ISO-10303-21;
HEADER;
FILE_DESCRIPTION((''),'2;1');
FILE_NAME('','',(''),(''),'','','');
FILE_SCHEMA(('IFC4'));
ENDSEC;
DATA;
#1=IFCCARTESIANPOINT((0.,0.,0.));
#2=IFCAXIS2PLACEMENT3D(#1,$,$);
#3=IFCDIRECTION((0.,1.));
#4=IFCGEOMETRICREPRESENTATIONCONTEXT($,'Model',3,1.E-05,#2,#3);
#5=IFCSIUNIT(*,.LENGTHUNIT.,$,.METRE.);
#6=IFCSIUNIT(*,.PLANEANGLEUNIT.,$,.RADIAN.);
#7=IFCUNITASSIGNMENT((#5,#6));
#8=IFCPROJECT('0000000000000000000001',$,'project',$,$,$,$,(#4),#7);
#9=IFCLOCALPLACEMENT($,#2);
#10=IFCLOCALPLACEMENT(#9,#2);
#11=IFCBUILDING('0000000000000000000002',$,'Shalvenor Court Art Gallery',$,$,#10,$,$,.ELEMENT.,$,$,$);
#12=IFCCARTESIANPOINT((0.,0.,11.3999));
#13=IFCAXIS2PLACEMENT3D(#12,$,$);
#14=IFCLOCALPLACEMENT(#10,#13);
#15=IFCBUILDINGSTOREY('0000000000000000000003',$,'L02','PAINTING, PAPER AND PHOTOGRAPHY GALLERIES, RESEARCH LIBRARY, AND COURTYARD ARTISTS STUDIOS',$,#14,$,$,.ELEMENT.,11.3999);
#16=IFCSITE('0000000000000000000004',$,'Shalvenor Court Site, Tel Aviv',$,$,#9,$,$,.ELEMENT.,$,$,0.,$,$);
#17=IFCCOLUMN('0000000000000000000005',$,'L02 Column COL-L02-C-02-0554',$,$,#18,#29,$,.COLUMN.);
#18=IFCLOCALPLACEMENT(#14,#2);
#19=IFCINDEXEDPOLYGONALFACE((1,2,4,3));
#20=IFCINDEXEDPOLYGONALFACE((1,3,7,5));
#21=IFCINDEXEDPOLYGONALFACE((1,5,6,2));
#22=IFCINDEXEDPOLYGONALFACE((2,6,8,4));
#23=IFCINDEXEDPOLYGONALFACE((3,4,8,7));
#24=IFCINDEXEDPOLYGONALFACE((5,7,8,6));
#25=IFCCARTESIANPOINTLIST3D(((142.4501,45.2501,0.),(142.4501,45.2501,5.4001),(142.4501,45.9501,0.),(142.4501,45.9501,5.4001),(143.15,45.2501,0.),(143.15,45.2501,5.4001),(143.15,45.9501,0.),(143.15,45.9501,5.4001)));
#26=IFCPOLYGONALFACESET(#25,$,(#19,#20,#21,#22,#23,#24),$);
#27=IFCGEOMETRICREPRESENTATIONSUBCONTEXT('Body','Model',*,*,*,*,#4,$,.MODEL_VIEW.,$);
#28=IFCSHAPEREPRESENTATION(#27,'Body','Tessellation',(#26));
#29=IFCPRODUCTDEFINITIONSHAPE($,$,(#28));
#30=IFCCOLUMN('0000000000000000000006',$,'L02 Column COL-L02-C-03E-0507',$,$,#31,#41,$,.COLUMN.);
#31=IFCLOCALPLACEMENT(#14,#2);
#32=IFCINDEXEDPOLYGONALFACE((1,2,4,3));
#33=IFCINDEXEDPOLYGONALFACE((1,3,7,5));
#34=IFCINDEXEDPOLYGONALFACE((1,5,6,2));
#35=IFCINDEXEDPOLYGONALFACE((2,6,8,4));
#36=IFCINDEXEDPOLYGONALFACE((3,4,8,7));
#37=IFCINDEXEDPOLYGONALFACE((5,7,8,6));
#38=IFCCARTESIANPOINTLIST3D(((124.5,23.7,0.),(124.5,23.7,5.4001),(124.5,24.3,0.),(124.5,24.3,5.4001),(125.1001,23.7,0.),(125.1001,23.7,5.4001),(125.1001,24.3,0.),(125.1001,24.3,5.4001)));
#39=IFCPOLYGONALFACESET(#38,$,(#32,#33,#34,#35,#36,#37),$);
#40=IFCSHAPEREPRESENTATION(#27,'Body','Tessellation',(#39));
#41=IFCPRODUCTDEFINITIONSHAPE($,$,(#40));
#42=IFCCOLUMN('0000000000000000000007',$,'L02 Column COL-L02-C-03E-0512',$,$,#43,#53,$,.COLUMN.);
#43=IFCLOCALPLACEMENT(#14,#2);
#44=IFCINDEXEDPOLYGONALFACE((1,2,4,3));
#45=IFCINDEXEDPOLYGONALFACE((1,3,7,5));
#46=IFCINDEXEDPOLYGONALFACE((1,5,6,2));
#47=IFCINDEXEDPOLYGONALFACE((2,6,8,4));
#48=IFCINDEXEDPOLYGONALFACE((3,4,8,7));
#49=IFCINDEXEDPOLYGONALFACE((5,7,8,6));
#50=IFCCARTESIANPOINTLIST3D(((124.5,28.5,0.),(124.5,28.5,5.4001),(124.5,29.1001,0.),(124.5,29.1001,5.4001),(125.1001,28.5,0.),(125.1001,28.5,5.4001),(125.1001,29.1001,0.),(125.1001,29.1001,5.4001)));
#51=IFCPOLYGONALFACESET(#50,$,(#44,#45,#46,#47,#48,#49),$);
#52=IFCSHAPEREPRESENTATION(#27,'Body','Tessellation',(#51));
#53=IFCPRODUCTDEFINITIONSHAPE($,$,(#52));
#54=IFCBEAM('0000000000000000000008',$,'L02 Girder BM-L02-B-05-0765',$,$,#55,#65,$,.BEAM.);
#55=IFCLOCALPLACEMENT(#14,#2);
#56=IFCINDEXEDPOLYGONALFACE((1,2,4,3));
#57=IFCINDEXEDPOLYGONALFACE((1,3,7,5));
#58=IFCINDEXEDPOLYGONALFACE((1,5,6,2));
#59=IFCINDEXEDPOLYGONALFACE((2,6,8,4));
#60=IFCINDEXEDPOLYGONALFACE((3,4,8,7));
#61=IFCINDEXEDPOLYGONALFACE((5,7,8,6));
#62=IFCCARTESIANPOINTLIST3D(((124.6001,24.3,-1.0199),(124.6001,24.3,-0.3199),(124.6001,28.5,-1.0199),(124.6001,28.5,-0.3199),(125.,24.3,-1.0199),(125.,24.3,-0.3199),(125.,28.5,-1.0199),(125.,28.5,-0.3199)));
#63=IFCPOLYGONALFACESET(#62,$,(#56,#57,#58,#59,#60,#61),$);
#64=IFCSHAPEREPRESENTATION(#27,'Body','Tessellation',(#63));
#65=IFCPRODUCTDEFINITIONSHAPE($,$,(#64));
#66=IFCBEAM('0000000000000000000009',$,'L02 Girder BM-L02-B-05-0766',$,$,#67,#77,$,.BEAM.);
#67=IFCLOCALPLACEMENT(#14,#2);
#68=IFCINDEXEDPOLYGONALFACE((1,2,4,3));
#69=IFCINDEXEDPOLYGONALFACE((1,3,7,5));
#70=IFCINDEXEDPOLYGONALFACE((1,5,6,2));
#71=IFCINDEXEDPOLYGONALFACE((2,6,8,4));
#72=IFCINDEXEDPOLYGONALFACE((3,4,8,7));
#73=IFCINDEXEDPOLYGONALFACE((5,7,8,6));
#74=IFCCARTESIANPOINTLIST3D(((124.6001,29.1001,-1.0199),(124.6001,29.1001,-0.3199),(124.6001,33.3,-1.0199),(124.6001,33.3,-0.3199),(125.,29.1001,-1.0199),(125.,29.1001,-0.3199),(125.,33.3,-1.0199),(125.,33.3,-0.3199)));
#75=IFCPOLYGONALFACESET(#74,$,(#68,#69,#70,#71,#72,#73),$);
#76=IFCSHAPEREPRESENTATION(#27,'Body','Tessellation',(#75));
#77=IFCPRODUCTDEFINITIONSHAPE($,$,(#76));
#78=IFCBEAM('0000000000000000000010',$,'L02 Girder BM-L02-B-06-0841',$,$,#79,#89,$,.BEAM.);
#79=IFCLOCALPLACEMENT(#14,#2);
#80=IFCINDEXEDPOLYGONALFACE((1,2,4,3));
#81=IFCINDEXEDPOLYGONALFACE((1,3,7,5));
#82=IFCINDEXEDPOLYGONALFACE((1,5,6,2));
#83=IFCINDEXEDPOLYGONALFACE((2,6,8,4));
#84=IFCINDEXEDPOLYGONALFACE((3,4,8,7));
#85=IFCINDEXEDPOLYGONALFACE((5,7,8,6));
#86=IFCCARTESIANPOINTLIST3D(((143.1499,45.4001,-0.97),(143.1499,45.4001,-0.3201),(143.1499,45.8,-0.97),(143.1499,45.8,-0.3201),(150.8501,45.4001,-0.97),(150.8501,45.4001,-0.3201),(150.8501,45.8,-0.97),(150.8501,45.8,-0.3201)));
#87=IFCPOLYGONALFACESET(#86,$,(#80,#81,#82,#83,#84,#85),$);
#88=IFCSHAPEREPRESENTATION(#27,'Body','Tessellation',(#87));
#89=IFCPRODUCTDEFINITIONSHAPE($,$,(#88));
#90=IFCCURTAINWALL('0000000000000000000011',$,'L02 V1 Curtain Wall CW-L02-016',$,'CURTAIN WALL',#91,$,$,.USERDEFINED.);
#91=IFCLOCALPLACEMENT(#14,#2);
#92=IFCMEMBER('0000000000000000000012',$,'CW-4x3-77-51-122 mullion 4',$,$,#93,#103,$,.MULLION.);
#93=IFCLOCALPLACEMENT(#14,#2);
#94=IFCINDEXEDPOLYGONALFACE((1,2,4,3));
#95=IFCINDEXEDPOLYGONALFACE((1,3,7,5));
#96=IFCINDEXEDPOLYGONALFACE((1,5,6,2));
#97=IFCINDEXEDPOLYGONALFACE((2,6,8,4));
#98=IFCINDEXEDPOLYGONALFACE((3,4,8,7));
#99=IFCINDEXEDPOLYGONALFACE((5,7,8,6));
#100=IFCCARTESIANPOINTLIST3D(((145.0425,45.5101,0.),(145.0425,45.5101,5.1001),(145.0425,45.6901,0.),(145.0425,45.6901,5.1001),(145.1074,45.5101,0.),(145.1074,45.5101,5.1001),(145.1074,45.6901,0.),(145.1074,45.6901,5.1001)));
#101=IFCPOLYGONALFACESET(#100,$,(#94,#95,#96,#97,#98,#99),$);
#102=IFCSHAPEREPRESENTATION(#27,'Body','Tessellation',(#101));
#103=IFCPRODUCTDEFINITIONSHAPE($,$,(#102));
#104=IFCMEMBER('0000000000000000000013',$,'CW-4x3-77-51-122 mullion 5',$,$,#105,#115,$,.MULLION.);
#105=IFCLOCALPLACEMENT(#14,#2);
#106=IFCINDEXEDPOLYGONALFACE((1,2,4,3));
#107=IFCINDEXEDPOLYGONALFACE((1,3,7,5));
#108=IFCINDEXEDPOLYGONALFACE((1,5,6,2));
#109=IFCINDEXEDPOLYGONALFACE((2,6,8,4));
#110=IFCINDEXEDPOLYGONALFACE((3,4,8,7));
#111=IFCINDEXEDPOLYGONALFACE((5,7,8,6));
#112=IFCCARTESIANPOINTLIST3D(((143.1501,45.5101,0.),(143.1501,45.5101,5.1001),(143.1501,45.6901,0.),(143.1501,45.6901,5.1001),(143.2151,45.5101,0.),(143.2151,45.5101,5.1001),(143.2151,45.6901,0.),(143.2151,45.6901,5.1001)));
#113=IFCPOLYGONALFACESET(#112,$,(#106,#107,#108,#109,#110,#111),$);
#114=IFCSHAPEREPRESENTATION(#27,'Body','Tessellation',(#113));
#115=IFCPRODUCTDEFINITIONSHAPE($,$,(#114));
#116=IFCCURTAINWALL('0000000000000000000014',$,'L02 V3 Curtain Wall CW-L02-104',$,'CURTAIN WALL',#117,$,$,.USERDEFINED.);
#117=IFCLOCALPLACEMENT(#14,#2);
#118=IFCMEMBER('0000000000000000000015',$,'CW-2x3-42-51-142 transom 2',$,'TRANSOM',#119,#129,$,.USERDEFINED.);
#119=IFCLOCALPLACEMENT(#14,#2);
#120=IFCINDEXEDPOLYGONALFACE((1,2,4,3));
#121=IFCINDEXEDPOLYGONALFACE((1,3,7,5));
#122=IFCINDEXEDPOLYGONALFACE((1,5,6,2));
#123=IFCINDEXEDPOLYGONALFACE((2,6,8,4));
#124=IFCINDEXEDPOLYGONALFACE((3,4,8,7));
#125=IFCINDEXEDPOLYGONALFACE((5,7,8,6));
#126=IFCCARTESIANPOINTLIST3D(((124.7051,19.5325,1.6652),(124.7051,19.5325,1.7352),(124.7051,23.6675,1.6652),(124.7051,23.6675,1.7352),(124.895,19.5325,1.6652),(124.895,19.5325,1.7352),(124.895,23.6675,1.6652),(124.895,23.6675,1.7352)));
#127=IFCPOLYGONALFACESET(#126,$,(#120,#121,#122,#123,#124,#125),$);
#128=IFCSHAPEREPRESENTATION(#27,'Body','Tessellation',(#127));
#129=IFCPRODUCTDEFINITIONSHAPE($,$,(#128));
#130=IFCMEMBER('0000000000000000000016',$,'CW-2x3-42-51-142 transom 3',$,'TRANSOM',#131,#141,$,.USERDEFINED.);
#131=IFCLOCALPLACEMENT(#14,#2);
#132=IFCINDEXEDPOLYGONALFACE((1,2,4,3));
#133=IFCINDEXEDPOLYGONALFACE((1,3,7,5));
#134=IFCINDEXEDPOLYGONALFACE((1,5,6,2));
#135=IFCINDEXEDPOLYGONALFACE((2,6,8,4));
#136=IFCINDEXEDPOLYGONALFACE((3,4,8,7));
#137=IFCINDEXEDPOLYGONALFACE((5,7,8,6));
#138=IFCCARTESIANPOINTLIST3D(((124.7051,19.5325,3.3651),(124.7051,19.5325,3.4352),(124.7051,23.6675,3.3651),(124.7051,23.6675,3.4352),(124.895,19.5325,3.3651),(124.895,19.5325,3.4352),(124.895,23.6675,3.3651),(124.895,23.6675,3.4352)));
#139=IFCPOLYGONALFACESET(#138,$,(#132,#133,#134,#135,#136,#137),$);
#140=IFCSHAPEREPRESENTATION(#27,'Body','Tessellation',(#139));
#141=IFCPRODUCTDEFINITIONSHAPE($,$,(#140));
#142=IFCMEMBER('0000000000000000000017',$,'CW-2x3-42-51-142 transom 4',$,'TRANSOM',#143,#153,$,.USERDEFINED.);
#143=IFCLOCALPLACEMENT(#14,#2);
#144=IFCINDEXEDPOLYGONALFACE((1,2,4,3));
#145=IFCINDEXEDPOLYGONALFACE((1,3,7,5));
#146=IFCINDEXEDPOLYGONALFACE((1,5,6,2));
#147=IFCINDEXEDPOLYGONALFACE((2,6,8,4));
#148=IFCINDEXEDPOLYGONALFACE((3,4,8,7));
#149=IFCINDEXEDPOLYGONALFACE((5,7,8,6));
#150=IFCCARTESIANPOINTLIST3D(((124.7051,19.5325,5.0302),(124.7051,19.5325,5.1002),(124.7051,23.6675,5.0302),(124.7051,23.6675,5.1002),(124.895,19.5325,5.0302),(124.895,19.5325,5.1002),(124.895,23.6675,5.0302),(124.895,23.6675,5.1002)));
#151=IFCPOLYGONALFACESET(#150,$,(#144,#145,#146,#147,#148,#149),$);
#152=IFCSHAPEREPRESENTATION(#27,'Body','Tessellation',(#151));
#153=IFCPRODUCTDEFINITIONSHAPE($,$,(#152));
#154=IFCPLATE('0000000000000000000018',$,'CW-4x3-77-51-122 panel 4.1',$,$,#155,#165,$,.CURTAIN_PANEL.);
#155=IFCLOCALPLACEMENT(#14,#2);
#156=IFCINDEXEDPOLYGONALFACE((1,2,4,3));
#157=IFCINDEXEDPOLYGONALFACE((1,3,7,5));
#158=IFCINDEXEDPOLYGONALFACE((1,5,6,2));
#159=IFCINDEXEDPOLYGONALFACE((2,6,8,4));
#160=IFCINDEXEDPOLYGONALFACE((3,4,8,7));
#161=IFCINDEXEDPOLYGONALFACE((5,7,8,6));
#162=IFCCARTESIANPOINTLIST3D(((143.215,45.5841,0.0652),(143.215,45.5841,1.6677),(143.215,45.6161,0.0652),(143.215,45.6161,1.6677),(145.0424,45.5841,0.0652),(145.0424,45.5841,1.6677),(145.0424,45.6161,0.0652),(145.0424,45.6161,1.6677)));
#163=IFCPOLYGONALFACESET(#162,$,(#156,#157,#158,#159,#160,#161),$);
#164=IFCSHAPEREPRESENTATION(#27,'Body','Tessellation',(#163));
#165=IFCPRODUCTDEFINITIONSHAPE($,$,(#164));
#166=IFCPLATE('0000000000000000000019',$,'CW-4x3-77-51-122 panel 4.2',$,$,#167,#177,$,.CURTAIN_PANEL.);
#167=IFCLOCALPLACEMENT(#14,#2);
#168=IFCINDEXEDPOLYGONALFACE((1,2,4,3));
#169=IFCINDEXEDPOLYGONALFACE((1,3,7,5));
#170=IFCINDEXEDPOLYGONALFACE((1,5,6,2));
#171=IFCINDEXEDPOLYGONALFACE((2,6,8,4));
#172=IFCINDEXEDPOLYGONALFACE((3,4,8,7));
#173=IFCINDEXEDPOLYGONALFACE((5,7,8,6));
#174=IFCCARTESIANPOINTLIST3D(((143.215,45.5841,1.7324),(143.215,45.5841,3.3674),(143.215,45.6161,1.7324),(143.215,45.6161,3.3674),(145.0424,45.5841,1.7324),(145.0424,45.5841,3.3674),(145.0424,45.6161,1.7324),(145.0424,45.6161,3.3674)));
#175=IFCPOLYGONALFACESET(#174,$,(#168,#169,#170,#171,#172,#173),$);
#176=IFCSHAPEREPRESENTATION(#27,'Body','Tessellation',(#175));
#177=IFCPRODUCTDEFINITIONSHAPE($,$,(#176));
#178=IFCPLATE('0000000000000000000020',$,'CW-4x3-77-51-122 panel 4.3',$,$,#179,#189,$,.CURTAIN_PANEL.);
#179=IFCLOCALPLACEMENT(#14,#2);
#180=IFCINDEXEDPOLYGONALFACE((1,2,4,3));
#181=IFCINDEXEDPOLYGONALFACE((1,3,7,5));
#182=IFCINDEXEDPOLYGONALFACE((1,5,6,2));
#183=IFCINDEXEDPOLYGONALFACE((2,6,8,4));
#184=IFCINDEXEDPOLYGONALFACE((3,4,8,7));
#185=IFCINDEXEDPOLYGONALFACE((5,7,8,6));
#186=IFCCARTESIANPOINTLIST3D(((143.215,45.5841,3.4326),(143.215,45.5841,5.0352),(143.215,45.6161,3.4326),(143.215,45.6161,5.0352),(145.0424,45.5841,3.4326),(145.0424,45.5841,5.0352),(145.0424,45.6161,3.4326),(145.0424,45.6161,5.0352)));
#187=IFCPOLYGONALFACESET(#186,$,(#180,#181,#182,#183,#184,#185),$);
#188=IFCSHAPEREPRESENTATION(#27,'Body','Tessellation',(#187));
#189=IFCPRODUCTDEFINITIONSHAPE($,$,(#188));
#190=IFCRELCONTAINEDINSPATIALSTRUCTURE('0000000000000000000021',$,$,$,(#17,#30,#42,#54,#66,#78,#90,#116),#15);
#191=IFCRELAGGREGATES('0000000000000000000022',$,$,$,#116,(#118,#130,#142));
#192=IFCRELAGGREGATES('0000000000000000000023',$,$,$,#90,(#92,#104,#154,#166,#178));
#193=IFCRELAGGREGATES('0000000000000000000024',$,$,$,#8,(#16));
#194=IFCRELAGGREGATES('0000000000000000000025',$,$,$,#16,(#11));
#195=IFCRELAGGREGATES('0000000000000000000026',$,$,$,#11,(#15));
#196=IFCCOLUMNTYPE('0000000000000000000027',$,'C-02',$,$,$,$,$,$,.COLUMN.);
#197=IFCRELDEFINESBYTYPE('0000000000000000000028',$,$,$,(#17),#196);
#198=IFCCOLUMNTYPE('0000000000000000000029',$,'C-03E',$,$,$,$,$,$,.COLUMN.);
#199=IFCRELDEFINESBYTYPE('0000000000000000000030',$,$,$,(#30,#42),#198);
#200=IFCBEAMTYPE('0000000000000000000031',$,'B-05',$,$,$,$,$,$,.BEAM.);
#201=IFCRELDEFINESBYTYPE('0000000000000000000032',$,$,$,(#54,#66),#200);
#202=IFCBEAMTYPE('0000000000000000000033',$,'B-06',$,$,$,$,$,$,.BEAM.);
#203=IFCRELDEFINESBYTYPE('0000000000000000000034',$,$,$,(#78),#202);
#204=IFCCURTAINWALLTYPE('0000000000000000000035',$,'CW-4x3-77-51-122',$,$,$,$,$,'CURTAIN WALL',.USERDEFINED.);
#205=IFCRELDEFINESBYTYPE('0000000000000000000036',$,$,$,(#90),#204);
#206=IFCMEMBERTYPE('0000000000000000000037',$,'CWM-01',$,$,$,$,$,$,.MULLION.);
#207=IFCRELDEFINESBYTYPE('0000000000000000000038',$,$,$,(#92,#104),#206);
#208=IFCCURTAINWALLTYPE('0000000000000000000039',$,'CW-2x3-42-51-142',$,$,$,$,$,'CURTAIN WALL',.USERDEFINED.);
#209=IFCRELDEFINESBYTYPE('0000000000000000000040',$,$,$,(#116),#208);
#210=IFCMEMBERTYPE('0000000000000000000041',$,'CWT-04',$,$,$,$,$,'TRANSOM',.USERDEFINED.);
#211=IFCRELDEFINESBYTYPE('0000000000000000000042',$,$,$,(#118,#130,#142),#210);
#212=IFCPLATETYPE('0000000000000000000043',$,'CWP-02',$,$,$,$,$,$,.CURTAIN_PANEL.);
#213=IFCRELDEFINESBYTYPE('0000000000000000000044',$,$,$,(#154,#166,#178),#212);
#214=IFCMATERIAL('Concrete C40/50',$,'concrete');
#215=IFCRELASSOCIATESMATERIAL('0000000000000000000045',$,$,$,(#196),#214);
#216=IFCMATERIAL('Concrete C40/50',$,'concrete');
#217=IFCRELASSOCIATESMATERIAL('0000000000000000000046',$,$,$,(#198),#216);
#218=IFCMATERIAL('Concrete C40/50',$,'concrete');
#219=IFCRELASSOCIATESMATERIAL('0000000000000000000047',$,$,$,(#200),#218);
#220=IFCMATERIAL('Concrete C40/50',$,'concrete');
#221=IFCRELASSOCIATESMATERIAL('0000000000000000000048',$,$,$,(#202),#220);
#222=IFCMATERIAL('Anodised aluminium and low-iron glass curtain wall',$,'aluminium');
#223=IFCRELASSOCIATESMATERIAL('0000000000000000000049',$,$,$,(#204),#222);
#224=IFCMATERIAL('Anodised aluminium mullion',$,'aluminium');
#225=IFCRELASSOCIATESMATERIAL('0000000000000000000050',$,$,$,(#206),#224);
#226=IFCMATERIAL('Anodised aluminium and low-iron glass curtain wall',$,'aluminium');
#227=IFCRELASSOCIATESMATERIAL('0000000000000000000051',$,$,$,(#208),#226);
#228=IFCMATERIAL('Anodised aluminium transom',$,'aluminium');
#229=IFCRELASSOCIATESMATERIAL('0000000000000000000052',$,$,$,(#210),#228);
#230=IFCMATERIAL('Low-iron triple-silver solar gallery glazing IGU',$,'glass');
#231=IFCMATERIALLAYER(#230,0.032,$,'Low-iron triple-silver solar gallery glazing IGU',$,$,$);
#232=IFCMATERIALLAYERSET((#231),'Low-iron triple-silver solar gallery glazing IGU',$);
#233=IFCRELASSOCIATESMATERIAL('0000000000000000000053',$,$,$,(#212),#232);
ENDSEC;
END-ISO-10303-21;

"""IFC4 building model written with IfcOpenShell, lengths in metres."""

from ifc_helpers import new_model, si_unit, direction, frame, origin, origin_2d, place, context, subcontext, project, spatial, rectangle, extrude, material, layer, layer_set, material_profile, profile_set, type_object, element, aggregate, save


model = new_model("IFC4")

# Units and contexts
model_context = context("Model", 3, precision=1e-05, world=origin(), true_north=direction((0.0, 1.0)))
body_context = subcontext(model_context, "Body", "Model", "MODEL_VIEW")
ifc_project = project(units=[si_unit("LENGTHUNIT", "METRE"), si_unit("PLANEANGLEUNIT", "RADIAN")], contexts=[model_context])

# Site, building, storey
site_placement = place(None, origin())
site = spatial("IfcSite", under=ifc_project, at=site_placement, Name="Shalvenor Court Site, Tel Aviv", CompositionType="ELEMENT", RefElevation=0.0)
building_placement = place(site_placement, origin())
building = spatial("IfcBuilding", under=site, at=building_placement, Name="Shalvenor Court Art Gallery", CompositionType="ELEMENT")
storey_placement = place(building_placement, frame((0.0, 0.0, 11.3999)))
storey = spatial("IfcBuildingStorey", under=building, at=storey_placement, Name="L02", Description="PAINTING, PAPER AND PHOTOGRAPHY GALLERIES, RESEARCH LIBRARY, AND COURTYARD ARTISTS STUDIOS", CompositionType="ELEMENT", Elevation=11.3999)

# Columns
ifc_material_1 = material(Name="Concrete C40/50", Category="concrete")
ifc_material_profile_1 = material_profile(ifc_material_1, rectangle(XDim=0.7, YDim=0.7, at=origin_2d()), Name="RC 700x700")
ifc_profile_set_1 = profile_set([ifc_material_profile_1], Name="Concrete C40/50")
column_type_1 = type_object("IfcColumnType", Name="C-02", PredefinedType="COLUMN", material=ifc_profile_set_1)
column_placement = place(storey_placement, frame((142.8, 45.6001, 0.0), z_axis=(0.0, 0.0, 1.0), x_axis=(1.0, 0.0, 0.0)))
element("IfcColumn", 1, at=column_placement, inside=storey, type_object=column_type_1, Name="L02 Column COL-L02-C-02-0554", PredefinedType="COLUMN", context=body_context, shape_type="SweptSolid", body=[
    extrude(rectangle(XDim=0.7, YDim=0.7, at=origin_2d()), origin(), (0.0, 0.0, 1.0), 5.4001),
])
ifc_material_2 = material(Name="Concrete C40/50", Category="concrete")
ifc_material_profile_2 = material_profile(ifc_material_2, rectangle(XDim=0.6001, YDim=0.6001, at=origin_2d()), Name="RC 600x600")
ifc_profile_set_2 = profile_set([ifc_material_profile_2], Name="Concrete C40/50")
column_type_2 = type_object("IfcColumnType", Name="C-03E", PredefinedType="COLUMN", material=ifc_profile_set_2)
for number, where, z_axis, x_axis, name in (
    (2, (124.8, 24.0, 0.0), (0.0, 0.0, 1.0), (1.0, 0.0, 0.0), "L02 Column COL-L02-C-03E-0507"),
    (3, (124.8, 28.8, 0.0), (0.0, 0.0, 1.0), (1.0, 0.0, 0.0), "L02 Column COL-L02-C-03E-0512"),
):
    element("IfcColumn", number, at=place(storey_placement, frame(where, z_axis=z_axis, x_axis=x_axis)), inside=storey, type_object=column_type_2, Name=name, PredefinedType="COLUMN", context=body_context, shape_type="SweptSolid", body=[
        extrude(rectangle(XDim=0.6001, YDim=0.6001, at=origin_2d()), origin(), (0.0, 0.0, 1.0), 5.4001),
    ])

# Beams
ifc_material_3 = material(Name="Concrete C40/50", Category="concrete")
ifc_material_profile_3 = material_profile(ifc_material_3, rectangle(XDim=0.3999, YDim=0.7, at=origin_2d()), Name="RC 400x700")
ifc_profile_set_3 = profile_set([ifc_material_profile_3], Name="Concrete C40/50")
beam_type_1 = type_object("IfcBeamType", Name="B-05", PredefinedType="BEAM", material=ifc_profile_set_3)
for number, where, z_axis, x_axis, name in (
    (4, (124.8, 24.3, -0.6699), (0.0, 1.0, 0.0), (-1.0, 0.0, 0.0), "L02 Girder BM-L02-B-05-0765"),
    (5, (124.8, 29.1001, -0.6699), (0.0, 1.0, 0.0), (-1.0, 0.0, 0.0), "L02 Girder BM-L02-B-05-0766"),
):
    element("IfcBeam", number, at=place(storey_placement, frame(where, z_axis=z_axis, x_axis=x_axis)), inside=storey, type_object=beam_type_1, Name=name, PredefinedType="BEAM", context=body_context, shape_type="SweptSolid", body=[
        extrude(rectangle(XDim=0.3999, YDim=0.7, at=origin_2d()), origin(), (0.0, 0.0, 1.0), 4.2),
    ])
ifc_material_4 = material(Name="Concrete C40/50", Category="concrete")
ifc_material_profile_4 = material_profile(ifc_material_4, rectangle(XDim=0.3999, YDim=0.6499, at=origin_2d()), Name="RC 400x650")
ifc_profile_set_4 = profile_set([ifc_material_profile_4], Name="Concrete C40/50")
beam_type_2 = type_object("IfcBeamType", Name="B-06", PredefinedType="BEAM", material=ifc_profile_set_4)
beam_placement = place(storey_placement, frame((143.1499, 45.6001, -0.645), z_axis=(1.0, 0.0, 0.0), x_axis=(0.0, 1.0, 0.0)))
element("IfcBeam", 6, at=beam_placement, inside=storey, type_object=beam_type_2, Name="L02 Girder BM-L02-B-06-0841", PredefinedType="BEAM", context=body_context, shape_type="SweptSolid", body=[
    extrude(rectangle(XDim=0.3999, YDim=0.6499, at=origin_2d()), origin(), (0.0, 0.0, 1.0), 7.7002),
])

# Curtain walls, members
ifc_material_5 = material(Name="Anodised aluminium and low-iron glass curtain wall", Category="aluminium")
curtain_wall_type_1 = type_object("IfcCurtainWallType", Name="CW-4x3-77-51-122", ElementType="CURTAIN WALL", PredefinedType="USERDEFINED", material=ifc_material_5)
curtain_wall_1_placement = place(storey_placement, origin())
curtain_wall_1 = element("IfcCurtainWall", 7, at=curtain_wall_1_placement, inside=storey, type_object=curtain_wall_type_1, Name="L02 V1 Curtain Wall CW-L02-016", ObjectType="CURTAIN WALL", PredefinedType="USERDEFINED")
ifc_material_6 = material(Name="Anodised aluminium mullion", Category="aluminium")
ifc_material_profile_5 = material_profile(ifc_material_6, rectangle(XDim=0.0649, YDim=0.1799, at=origin_2d()), Name="CWM-01")
ifc_profile_set_5 = profile_set([ifc_material_profile_5], Name="Anodised aluminium mullion")
member_type_1 = type_object("IfcMemberType", Name="CWM-01", PredefinedType="MULLION", material=ifc_profile_set_5)
member_1_placement = place(storey_placement, frame((145.075, 45.6001, 0.0), z_axis=(0.0, 0.0, 1.0), x_axis=(-1.0, 0.0, 0.0)))
member_1 = element("IfcMember", 8, at=member_1_placement, type_object=member_type_1, Name="CW-4x3-77-51-122 mullion 4", PredefinedType="MULLION", context=body_context, shape_type="SweptSolid", body=[
    extrude(rectangle(XDim=0.0649, YDim=0.1799, at=origin_2d()), origin(), (0.0, 0.0, 1.0), 5.1001),
])
member_2_placement = place(storey_placement, frame((143.1826, 45.6001, 0.0), z_axis=(0.0, 0.0, 1.0), x_axis=(-1.0, 0.0, 0.0)))
member_2 = element("IfcMember", 9, at=member_2_placement, type_object=member_type_1, Name="CW-4x3-77-51-122 mullion 5", PredefinedType="MULLION", context=body_context, shape_type="SweptSolid", body=[
    extrude(rectangle(XDim=0.0649, YDim=0.1799, at=origin_2d()), origin(), (0.0, 0.0, 1.0), 5.1001),
])
ifc_material_7 = material(Name="Anodised aluminium and low-iron glass curtain wall", Category="aluminium")
curtain_wall_type_2 = type_object("IfcCurtainWallType", Name="CW-2x3-42-51-142", ElementType="CURTAIN WALL", PredefinedType="USERDEFINED", material=ifc_material_7)
curtain_wall_2_placement = place(storey_placement, origin())
curtain_wall_2 = element("IfcCurtainWall", 10, at=curtain_wall_2_placement, inside=storey, type_object=curtain_wall_type_2, Name="L02 V3 Curtain Wall CW-L02-104", ObjectType="CURTAIN WALL", PredefinedType="USERDEFINED")
ifc_material_8 = material(Name="Anodised aluminium transom", Category="aluminium")
ifc_material_profile_6 = material_profile(ifc_material_8, rectangle(XDim=0.1899, YDim=0.0701, at=origin_2d()), Name="CWT-04")
ifc_profile_set_6 = profile_set([ifc_material_profile_6], Name="Anodised aluminium transom")
member_type_2 = type_object("IfcMemberType", Name="CWT-04", ElementType="TRANSOM", PredefinedType="USERDEFINED", material=ifc_profile_set_6)
member_3_placement = place(storey_placement, frame((124.8, 23.6675, 1.7002), z_axis=(0.0, -1.0, 0.0), x_axis=(1.0, 0.0, 0.0)))
member_3 = element("IfcMember", 11, at=member_3_placement, type_object=member_type_2, Name="CW-2x3-42-51-142 transom 2", ObjectType="TRANSOM", PredefinedType="USERDEFINED", context=body_context, shape_type="SweptSolid", body=[
    extrude(rectangle(XDim=0.1899, YDim=0.0701, at=origin_2d()), origin(), (0.0, 0.0, 1.0), 4.135),
])
member_4_placement = place(storey_placement, frame((124.8, 23.6675, 3.4001), z_axis=(0.0, -1.0, 0.0), x_axis=(1.0, 0.0, 0.0)))
member_4 = element("IfcMember", 12, at=member_4_placement, type_object=member_type_2, Name="CW-2x3-42-51-142 transom 3", ObjectType="TRANSOM", PredefinedType="USERDEFINED", context=body_context, shape_type="SweptSolid", body=[
    extrude(rectangle(XDim=0.1899, YDim=0.0701, at=origin_2d()), origin(), (0.0, 0.0, 1.0), 4.135),
])
member_5_placement = place(storey_placement, frame((124.8, 23.6675, 5.0652), z_axis=(0.0, -1.0, 0.0), x_axis=(1.0, 0.0, 0.0)))
member_5 = element("IfcMember", 13, at=member_5_placement, type_object=member_type_2, Name="CW-2x3-42-51-142 transom 4", ObjectType="TRANSOM", PredefinedType="USERDEFINED", context=body_context, shape_type="SweptSolid", body=[
    extrude(rectangle(XDim=0.1899, YDim=0.0701, at=origin_2d()), origin(), (0.0, 0.0, 1.0), 4.135),
])
aggregate(curtain_wall_2, [member_3, member_4, member_5])

# Plates
ifc_material_9 = material(Name="Low-iron triple-silver solar gallery glazing IGU", Category="glass")
ifc_layer_1 = layer(ifc_material_9, 0.032, Name="Low-iron triple-silver solar gallery glazing IGU")
ifc_layer_set_1 = layer_set([ifc_layer_1], Name="Low-iron triple-silver solar gallery glazing IGU")
plate_type_1 = type_object("IfcPlateType", Name="CWP-02", PredefinedType="CURTAIN_PANEL", material=ifc_layer_set_1)
plate_1_placement = place(storey_placement, frame((144.1287, 45.6001, 0.0652), z_axis=(0.0, 0.0, 1.0), x_axis=(-1.0, 0.0, 0.0)))
plate_1 = element("IfcPlate", 14, at=plate_1_placement, type_object=plate_type_1, Name="CW-4x3-77-51-122 panel 4.1", PredefinedType="CURTAIN_PANEL", context=body_context, shape_type="SweptSolid", body=[
    extrude(rectangle(XDim=1.8274, YDim=0.032, at=origin_2d()), origin(), (0.0, 0.0, 1.0), 1.6025),
])
plate_2_placement = place(storey_placement, frame((144.1287, 45.6001, 1.7324), z_axis=(0.0, 0.0, 1.0), x_axis=(-1.0, 0.0, 0.0)))
plate_2 = element("IfcPlate", 15, at=plate_2_placement, type_object=plate_type_1, Name="CW-4x3-77-51-122 panel 4.2", PredefinedType="CURTAIN_PANEL", context=body_context, shape_type="SweptSolid", body=[
    extrude(rectangle(XDim=1.8274, YDim=0.032, at=origin_2d()), origin(), (0.0, 0.0, 1.0), 1.635),
])
plate_3_placement = place(storey_placement, frame((144.1287, 45.6001, 3.4326), z_axis=(0.0, 0.0, 1.0), x_axis=(-1.0, 0.0, 0.0)))
plate_3 = element("IfcPlate", 16, at=plate_3_placement, type_object=plate_type_1, Name="CW-4x3-77-51-122 panel 4.3", PredefinedType="CURTAIN_PANEL", context=body_context, shape_type="SweptSolid", body=[
    extrude(rectangle(XDim=1.8274, YDim=0.032, at=origin_2d()), origin(), (0.0, 0.0, 1.0), 1.6025),
])
aggregate(curtain_wall_1, [member_1, member_2, plate_1, plate_2, plate_3])

save(model, "model.ifc")
